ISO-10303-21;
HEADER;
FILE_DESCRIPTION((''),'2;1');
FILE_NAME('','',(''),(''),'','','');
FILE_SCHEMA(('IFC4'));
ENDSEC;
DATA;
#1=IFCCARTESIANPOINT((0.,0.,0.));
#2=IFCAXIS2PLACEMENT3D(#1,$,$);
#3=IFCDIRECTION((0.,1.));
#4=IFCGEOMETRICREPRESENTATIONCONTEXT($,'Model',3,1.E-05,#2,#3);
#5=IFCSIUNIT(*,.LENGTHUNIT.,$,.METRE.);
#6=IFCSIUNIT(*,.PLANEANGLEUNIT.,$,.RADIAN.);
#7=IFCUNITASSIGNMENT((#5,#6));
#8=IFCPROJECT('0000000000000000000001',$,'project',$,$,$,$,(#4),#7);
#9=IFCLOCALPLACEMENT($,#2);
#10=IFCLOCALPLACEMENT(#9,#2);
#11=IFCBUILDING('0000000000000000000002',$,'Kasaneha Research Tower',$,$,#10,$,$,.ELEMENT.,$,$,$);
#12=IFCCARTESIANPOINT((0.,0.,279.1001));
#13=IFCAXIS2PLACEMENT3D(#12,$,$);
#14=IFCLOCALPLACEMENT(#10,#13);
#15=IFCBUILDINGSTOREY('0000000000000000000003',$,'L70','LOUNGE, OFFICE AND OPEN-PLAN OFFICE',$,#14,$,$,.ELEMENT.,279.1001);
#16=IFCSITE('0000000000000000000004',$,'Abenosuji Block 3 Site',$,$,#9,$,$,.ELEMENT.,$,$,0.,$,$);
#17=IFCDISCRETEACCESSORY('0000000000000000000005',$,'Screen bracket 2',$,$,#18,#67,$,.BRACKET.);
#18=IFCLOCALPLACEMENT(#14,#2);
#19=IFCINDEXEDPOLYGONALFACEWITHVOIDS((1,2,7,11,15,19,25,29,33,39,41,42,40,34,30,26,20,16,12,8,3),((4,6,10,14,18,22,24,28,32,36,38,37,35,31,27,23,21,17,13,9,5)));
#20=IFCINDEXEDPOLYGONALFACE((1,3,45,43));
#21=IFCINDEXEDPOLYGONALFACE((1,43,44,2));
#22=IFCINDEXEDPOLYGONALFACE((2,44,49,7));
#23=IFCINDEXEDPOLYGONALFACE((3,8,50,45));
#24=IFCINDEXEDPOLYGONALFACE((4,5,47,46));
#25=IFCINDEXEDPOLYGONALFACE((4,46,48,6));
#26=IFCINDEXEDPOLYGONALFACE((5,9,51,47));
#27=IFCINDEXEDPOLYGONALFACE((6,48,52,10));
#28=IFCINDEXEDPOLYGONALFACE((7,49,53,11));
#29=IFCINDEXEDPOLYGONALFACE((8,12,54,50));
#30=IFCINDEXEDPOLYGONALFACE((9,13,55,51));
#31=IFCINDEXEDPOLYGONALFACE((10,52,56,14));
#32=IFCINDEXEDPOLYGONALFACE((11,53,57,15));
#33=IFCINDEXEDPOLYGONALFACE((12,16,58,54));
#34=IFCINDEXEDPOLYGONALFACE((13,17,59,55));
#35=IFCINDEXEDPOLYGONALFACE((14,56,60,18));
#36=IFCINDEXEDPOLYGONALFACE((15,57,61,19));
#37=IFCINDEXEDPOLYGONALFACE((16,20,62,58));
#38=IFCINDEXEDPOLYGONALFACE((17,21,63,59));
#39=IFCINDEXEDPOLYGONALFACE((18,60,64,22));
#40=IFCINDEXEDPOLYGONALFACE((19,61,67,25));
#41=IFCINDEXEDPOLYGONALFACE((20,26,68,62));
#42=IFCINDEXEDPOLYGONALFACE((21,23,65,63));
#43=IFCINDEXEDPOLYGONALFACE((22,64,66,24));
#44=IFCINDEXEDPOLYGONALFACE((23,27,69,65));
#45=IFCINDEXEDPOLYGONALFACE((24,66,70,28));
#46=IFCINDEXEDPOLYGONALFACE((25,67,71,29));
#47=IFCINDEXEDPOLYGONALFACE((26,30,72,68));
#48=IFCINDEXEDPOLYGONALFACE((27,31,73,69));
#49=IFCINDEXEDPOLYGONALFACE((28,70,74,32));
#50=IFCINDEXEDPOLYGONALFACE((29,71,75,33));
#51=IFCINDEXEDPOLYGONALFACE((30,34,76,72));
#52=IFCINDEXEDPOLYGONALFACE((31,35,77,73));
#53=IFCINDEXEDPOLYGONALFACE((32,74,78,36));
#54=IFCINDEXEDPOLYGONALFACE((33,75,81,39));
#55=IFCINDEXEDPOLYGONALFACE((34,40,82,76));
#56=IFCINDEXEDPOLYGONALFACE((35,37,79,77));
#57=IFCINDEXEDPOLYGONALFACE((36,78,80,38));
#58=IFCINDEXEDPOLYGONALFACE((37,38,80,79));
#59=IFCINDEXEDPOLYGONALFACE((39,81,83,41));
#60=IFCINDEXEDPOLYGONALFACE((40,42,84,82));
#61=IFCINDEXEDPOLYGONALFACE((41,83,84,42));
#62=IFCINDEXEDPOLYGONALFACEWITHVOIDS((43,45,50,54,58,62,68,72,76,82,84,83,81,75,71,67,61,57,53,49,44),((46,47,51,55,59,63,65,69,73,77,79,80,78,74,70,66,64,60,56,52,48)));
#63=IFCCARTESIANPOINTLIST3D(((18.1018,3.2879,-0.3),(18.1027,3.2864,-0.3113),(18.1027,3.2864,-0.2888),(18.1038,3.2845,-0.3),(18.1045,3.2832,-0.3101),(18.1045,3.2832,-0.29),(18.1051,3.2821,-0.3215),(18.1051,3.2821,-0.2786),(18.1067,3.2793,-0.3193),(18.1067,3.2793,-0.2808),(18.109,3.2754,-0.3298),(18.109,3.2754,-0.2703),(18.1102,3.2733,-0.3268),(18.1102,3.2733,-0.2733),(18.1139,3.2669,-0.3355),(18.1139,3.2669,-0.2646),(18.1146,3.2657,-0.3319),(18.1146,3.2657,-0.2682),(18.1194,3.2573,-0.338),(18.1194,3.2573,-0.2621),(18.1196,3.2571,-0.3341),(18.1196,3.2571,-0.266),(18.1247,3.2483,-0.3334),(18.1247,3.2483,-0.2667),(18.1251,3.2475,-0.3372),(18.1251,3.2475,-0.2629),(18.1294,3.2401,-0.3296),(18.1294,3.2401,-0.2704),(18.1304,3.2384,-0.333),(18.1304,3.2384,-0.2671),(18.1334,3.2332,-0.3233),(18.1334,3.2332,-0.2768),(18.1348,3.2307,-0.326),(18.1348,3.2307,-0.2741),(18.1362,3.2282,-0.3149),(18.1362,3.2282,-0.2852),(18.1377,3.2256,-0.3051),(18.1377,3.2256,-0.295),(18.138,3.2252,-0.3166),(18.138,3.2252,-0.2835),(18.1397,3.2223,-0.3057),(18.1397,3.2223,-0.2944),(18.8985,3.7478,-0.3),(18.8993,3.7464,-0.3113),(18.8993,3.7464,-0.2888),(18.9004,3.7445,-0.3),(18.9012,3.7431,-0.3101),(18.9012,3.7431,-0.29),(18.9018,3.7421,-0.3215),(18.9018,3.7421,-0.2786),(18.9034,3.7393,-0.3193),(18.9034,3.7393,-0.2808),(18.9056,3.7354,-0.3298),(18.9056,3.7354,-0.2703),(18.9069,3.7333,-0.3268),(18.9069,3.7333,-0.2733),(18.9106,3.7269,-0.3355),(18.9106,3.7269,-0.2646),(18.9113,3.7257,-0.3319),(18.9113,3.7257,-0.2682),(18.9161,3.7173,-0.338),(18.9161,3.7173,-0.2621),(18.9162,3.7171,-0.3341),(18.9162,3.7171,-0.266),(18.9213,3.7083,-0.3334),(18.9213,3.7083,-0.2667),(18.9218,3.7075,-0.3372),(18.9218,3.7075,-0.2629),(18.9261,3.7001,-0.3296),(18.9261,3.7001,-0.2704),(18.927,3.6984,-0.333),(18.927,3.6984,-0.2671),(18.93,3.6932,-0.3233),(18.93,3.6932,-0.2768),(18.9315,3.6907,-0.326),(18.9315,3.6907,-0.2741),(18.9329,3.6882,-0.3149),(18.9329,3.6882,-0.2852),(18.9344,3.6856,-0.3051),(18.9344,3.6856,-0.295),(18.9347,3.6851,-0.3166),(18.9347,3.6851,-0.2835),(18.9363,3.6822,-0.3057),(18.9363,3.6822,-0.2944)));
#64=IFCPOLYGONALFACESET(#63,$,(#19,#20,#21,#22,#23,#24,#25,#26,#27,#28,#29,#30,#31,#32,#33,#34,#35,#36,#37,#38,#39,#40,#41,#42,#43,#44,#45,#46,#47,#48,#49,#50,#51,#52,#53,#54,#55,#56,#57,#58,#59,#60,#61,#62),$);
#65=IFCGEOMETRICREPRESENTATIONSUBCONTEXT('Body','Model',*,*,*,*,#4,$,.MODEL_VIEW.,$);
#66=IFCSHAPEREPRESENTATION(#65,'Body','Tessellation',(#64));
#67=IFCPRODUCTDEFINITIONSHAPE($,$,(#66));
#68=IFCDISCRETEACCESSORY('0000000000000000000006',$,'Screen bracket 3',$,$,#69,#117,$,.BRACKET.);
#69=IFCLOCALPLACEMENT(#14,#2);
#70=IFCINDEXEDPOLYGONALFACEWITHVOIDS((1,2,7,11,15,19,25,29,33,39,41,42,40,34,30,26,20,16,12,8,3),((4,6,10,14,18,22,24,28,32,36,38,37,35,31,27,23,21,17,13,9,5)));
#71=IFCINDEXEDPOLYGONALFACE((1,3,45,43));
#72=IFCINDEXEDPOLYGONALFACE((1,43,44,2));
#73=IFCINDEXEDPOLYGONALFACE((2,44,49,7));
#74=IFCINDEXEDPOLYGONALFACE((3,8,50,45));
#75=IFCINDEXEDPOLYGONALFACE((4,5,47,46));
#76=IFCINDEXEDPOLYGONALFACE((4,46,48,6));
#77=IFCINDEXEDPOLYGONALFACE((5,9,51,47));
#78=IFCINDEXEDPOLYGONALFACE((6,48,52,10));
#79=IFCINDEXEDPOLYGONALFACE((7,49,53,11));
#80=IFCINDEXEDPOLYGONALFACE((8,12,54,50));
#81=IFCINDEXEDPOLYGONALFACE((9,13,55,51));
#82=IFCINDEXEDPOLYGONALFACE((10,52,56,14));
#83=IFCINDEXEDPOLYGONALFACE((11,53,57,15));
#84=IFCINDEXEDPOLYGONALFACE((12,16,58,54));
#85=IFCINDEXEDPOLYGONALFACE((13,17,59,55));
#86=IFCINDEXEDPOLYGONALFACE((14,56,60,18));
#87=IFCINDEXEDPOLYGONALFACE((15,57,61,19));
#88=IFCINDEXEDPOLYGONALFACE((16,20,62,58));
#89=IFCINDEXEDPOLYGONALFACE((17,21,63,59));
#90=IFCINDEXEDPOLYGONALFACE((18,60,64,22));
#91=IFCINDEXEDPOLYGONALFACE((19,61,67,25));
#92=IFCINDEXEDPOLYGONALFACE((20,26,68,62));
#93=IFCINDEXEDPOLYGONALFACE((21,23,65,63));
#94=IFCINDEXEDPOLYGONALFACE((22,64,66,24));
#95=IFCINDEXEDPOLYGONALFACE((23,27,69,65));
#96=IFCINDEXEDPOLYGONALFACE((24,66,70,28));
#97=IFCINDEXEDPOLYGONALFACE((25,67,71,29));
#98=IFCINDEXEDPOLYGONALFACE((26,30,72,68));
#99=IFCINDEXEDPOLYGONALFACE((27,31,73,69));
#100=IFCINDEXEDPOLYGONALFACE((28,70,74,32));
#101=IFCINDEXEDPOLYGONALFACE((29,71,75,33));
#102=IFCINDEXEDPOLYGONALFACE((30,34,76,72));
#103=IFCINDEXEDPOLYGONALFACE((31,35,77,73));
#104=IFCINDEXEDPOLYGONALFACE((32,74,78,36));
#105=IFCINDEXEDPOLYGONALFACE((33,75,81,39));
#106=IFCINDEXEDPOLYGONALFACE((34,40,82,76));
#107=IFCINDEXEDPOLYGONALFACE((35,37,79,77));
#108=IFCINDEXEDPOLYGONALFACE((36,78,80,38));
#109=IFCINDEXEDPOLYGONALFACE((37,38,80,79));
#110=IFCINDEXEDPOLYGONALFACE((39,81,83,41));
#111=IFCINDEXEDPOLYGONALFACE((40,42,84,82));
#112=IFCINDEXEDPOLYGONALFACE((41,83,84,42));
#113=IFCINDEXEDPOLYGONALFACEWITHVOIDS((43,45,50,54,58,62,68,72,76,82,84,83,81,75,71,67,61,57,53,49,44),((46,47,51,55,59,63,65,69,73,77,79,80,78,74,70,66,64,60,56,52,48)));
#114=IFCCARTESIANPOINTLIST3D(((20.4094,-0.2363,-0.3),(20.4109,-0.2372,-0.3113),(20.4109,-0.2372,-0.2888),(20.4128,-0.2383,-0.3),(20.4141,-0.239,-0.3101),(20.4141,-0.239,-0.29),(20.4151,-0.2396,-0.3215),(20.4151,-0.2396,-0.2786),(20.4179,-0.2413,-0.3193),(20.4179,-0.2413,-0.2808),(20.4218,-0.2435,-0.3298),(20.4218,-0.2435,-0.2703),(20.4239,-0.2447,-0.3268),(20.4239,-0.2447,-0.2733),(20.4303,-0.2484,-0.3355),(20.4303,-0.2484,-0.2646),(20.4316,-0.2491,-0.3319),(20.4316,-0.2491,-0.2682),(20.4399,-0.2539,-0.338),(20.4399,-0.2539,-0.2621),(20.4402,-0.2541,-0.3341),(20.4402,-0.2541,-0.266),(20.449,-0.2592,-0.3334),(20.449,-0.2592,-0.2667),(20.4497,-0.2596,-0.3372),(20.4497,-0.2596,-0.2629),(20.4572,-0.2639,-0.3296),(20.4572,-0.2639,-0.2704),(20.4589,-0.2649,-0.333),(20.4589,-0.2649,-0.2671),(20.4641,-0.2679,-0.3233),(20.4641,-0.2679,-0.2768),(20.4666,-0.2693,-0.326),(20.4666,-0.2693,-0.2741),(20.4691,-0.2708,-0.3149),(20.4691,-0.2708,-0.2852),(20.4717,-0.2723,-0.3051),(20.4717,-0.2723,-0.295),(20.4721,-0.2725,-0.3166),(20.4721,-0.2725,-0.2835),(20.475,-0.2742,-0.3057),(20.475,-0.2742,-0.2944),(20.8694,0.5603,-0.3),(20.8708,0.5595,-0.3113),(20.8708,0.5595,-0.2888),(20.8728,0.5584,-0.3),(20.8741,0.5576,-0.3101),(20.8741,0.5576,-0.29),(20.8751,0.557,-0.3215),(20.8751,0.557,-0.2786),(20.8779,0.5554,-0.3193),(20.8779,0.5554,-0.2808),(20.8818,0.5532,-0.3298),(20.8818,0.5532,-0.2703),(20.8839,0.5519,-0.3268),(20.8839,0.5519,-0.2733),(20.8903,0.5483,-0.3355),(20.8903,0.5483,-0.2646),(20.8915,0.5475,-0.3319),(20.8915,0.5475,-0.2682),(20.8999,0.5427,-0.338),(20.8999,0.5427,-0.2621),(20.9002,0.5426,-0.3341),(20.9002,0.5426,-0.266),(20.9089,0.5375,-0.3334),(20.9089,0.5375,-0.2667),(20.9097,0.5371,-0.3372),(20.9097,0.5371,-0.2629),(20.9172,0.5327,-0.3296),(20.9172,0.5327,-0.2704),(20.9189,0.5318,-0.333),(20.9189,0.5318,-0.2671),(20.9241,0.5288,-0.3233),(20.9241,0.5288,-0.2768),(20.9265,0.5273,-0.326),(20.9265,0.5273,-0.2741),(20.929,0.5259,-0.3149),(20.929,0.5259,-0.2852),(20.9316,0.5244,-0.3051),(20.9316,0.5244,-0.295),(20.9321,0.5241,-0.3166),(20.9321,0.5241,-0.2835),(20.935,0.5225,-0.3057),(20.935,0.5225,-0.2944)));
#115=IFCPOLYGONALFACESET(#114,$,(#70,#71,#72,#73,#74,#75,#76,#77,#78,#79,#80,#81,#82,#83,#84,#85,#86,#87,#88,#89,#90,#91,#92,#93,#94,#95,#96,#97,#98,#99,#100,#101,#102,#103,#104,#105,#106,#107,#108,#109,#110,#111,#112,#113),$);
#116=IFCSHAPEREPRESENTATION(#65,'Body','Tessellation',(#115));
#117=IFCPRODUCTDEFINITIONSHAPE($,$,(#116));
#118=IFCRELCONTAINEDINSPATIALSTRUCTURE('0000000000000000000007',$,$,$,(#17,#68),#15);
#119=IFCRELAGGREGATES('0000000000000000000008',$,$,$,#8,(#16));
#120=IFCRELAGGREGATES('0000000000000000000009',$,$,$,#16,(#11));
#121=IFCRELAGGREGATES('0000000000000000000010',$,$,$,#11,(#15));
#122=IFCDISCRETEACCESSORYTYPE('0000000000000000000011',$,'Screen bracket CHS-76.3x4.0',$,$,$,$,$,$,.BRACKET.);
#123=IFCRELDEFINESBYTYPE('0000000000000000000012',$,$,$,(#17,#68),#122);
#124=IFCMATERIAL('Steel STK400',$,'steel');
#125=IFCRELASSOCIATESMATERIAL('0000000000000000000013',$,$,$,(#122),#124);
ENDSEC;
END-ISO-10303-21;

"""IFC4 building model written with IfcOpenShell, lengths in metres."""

from ifc_helpers import new_model, si_unit, direction, frame, origin, origin_2d, place, context, subcontext, project, spatial, hollow_circle, extrude, material, material_profile, profile_set, type_object, element, save


model = new_model("IFC4")

# Units and contexts
model_context = context("Model", 3, precision=1e-05, world=origin(), true_north=direction((0.0, 1.0)))
body_context = subcontext(model_context, "Body", "Model", "MODEL_VIEW")
ifc_project = project(units=[si_unit("LENGTHUNIT", "METRE"), si_unit("PLANEANGLEUNIT", "RADIAN")], contexts=[model_context])

# Site, building, storey
site_placement = place(None, origin())
site = spatial("IfcSite", under=ifc_project, at=site_placement, Name="Abenosuji Block 3 Site", CompositionType="ELEMENT", RefElevation=0.0)
building_placement = place(site_placement, origin())
building = spatial("IfcBuilding", under=site, at=building_placement, Name="Kasaneha Research Tower", CompositionType="ELEMENT")
storey_placement = place(building_placement, frame((0.0, 0.0, 279.1001)))
storey = spatial("IfcBuildingStorey", under=building, at=storey_placement, Name="L70", Description="LOUNGE, OFFICE AND OPEN-PLAN OFFICE", CompositionType="ELEMENT", Elevation=279.1001)

# Discrete accessories
ifc_material_1 = material(Name="Steel STK400", Category="steel")
ifc_material_profile_1 = material_profile(ifc_material_1, hollow_circle(Radius=0.0381, WallThickness=0.0039, at=origin_2d()), Name="CHS-76.3x4.0")
ifc_profile_set_1 = profile_set([ifc_material_profile_1], Name="Steel STK400")
discrete_accessory_type = type_object("IfcDiscreteAccessoryType", Name="Screen bracket CHS-76.3x4.0", PredefinedType="BRACKET", material=ifc_profile_set_1)
for number, where, z_axis, x_axis, name in (
    (1, (18.1208, 3.2549, -0.3), (0.866013, 0.500021, 0.0), (-0.500021, 0.866013, 0.0), "Screen bracket 2"),
    (2, (20.4424, -0.2554, -0.3), (0.500021, 0.866013, 0.0), (-0.866013, 0.500021, 0.0), "Screen bracket 3"),
):
    element("IfcDiscreteAccessory", number, at=place(storey_placement, frame(where, z_axis=z_axis, x_axis=x_axis)), inside=storey, type_object=discrete_accessory_type, Name=name, PredefinedType="BRACKET", context=body_context, shape_type="SweptSolid", body=[
        extrude(hollow_circle(Radius=0.0381, WallThickness=0.0039, at=origin_2d()), origin(), (0.0, 0.0, 1.0), 0.9199),
    ])

save(model, "model.ifc")
